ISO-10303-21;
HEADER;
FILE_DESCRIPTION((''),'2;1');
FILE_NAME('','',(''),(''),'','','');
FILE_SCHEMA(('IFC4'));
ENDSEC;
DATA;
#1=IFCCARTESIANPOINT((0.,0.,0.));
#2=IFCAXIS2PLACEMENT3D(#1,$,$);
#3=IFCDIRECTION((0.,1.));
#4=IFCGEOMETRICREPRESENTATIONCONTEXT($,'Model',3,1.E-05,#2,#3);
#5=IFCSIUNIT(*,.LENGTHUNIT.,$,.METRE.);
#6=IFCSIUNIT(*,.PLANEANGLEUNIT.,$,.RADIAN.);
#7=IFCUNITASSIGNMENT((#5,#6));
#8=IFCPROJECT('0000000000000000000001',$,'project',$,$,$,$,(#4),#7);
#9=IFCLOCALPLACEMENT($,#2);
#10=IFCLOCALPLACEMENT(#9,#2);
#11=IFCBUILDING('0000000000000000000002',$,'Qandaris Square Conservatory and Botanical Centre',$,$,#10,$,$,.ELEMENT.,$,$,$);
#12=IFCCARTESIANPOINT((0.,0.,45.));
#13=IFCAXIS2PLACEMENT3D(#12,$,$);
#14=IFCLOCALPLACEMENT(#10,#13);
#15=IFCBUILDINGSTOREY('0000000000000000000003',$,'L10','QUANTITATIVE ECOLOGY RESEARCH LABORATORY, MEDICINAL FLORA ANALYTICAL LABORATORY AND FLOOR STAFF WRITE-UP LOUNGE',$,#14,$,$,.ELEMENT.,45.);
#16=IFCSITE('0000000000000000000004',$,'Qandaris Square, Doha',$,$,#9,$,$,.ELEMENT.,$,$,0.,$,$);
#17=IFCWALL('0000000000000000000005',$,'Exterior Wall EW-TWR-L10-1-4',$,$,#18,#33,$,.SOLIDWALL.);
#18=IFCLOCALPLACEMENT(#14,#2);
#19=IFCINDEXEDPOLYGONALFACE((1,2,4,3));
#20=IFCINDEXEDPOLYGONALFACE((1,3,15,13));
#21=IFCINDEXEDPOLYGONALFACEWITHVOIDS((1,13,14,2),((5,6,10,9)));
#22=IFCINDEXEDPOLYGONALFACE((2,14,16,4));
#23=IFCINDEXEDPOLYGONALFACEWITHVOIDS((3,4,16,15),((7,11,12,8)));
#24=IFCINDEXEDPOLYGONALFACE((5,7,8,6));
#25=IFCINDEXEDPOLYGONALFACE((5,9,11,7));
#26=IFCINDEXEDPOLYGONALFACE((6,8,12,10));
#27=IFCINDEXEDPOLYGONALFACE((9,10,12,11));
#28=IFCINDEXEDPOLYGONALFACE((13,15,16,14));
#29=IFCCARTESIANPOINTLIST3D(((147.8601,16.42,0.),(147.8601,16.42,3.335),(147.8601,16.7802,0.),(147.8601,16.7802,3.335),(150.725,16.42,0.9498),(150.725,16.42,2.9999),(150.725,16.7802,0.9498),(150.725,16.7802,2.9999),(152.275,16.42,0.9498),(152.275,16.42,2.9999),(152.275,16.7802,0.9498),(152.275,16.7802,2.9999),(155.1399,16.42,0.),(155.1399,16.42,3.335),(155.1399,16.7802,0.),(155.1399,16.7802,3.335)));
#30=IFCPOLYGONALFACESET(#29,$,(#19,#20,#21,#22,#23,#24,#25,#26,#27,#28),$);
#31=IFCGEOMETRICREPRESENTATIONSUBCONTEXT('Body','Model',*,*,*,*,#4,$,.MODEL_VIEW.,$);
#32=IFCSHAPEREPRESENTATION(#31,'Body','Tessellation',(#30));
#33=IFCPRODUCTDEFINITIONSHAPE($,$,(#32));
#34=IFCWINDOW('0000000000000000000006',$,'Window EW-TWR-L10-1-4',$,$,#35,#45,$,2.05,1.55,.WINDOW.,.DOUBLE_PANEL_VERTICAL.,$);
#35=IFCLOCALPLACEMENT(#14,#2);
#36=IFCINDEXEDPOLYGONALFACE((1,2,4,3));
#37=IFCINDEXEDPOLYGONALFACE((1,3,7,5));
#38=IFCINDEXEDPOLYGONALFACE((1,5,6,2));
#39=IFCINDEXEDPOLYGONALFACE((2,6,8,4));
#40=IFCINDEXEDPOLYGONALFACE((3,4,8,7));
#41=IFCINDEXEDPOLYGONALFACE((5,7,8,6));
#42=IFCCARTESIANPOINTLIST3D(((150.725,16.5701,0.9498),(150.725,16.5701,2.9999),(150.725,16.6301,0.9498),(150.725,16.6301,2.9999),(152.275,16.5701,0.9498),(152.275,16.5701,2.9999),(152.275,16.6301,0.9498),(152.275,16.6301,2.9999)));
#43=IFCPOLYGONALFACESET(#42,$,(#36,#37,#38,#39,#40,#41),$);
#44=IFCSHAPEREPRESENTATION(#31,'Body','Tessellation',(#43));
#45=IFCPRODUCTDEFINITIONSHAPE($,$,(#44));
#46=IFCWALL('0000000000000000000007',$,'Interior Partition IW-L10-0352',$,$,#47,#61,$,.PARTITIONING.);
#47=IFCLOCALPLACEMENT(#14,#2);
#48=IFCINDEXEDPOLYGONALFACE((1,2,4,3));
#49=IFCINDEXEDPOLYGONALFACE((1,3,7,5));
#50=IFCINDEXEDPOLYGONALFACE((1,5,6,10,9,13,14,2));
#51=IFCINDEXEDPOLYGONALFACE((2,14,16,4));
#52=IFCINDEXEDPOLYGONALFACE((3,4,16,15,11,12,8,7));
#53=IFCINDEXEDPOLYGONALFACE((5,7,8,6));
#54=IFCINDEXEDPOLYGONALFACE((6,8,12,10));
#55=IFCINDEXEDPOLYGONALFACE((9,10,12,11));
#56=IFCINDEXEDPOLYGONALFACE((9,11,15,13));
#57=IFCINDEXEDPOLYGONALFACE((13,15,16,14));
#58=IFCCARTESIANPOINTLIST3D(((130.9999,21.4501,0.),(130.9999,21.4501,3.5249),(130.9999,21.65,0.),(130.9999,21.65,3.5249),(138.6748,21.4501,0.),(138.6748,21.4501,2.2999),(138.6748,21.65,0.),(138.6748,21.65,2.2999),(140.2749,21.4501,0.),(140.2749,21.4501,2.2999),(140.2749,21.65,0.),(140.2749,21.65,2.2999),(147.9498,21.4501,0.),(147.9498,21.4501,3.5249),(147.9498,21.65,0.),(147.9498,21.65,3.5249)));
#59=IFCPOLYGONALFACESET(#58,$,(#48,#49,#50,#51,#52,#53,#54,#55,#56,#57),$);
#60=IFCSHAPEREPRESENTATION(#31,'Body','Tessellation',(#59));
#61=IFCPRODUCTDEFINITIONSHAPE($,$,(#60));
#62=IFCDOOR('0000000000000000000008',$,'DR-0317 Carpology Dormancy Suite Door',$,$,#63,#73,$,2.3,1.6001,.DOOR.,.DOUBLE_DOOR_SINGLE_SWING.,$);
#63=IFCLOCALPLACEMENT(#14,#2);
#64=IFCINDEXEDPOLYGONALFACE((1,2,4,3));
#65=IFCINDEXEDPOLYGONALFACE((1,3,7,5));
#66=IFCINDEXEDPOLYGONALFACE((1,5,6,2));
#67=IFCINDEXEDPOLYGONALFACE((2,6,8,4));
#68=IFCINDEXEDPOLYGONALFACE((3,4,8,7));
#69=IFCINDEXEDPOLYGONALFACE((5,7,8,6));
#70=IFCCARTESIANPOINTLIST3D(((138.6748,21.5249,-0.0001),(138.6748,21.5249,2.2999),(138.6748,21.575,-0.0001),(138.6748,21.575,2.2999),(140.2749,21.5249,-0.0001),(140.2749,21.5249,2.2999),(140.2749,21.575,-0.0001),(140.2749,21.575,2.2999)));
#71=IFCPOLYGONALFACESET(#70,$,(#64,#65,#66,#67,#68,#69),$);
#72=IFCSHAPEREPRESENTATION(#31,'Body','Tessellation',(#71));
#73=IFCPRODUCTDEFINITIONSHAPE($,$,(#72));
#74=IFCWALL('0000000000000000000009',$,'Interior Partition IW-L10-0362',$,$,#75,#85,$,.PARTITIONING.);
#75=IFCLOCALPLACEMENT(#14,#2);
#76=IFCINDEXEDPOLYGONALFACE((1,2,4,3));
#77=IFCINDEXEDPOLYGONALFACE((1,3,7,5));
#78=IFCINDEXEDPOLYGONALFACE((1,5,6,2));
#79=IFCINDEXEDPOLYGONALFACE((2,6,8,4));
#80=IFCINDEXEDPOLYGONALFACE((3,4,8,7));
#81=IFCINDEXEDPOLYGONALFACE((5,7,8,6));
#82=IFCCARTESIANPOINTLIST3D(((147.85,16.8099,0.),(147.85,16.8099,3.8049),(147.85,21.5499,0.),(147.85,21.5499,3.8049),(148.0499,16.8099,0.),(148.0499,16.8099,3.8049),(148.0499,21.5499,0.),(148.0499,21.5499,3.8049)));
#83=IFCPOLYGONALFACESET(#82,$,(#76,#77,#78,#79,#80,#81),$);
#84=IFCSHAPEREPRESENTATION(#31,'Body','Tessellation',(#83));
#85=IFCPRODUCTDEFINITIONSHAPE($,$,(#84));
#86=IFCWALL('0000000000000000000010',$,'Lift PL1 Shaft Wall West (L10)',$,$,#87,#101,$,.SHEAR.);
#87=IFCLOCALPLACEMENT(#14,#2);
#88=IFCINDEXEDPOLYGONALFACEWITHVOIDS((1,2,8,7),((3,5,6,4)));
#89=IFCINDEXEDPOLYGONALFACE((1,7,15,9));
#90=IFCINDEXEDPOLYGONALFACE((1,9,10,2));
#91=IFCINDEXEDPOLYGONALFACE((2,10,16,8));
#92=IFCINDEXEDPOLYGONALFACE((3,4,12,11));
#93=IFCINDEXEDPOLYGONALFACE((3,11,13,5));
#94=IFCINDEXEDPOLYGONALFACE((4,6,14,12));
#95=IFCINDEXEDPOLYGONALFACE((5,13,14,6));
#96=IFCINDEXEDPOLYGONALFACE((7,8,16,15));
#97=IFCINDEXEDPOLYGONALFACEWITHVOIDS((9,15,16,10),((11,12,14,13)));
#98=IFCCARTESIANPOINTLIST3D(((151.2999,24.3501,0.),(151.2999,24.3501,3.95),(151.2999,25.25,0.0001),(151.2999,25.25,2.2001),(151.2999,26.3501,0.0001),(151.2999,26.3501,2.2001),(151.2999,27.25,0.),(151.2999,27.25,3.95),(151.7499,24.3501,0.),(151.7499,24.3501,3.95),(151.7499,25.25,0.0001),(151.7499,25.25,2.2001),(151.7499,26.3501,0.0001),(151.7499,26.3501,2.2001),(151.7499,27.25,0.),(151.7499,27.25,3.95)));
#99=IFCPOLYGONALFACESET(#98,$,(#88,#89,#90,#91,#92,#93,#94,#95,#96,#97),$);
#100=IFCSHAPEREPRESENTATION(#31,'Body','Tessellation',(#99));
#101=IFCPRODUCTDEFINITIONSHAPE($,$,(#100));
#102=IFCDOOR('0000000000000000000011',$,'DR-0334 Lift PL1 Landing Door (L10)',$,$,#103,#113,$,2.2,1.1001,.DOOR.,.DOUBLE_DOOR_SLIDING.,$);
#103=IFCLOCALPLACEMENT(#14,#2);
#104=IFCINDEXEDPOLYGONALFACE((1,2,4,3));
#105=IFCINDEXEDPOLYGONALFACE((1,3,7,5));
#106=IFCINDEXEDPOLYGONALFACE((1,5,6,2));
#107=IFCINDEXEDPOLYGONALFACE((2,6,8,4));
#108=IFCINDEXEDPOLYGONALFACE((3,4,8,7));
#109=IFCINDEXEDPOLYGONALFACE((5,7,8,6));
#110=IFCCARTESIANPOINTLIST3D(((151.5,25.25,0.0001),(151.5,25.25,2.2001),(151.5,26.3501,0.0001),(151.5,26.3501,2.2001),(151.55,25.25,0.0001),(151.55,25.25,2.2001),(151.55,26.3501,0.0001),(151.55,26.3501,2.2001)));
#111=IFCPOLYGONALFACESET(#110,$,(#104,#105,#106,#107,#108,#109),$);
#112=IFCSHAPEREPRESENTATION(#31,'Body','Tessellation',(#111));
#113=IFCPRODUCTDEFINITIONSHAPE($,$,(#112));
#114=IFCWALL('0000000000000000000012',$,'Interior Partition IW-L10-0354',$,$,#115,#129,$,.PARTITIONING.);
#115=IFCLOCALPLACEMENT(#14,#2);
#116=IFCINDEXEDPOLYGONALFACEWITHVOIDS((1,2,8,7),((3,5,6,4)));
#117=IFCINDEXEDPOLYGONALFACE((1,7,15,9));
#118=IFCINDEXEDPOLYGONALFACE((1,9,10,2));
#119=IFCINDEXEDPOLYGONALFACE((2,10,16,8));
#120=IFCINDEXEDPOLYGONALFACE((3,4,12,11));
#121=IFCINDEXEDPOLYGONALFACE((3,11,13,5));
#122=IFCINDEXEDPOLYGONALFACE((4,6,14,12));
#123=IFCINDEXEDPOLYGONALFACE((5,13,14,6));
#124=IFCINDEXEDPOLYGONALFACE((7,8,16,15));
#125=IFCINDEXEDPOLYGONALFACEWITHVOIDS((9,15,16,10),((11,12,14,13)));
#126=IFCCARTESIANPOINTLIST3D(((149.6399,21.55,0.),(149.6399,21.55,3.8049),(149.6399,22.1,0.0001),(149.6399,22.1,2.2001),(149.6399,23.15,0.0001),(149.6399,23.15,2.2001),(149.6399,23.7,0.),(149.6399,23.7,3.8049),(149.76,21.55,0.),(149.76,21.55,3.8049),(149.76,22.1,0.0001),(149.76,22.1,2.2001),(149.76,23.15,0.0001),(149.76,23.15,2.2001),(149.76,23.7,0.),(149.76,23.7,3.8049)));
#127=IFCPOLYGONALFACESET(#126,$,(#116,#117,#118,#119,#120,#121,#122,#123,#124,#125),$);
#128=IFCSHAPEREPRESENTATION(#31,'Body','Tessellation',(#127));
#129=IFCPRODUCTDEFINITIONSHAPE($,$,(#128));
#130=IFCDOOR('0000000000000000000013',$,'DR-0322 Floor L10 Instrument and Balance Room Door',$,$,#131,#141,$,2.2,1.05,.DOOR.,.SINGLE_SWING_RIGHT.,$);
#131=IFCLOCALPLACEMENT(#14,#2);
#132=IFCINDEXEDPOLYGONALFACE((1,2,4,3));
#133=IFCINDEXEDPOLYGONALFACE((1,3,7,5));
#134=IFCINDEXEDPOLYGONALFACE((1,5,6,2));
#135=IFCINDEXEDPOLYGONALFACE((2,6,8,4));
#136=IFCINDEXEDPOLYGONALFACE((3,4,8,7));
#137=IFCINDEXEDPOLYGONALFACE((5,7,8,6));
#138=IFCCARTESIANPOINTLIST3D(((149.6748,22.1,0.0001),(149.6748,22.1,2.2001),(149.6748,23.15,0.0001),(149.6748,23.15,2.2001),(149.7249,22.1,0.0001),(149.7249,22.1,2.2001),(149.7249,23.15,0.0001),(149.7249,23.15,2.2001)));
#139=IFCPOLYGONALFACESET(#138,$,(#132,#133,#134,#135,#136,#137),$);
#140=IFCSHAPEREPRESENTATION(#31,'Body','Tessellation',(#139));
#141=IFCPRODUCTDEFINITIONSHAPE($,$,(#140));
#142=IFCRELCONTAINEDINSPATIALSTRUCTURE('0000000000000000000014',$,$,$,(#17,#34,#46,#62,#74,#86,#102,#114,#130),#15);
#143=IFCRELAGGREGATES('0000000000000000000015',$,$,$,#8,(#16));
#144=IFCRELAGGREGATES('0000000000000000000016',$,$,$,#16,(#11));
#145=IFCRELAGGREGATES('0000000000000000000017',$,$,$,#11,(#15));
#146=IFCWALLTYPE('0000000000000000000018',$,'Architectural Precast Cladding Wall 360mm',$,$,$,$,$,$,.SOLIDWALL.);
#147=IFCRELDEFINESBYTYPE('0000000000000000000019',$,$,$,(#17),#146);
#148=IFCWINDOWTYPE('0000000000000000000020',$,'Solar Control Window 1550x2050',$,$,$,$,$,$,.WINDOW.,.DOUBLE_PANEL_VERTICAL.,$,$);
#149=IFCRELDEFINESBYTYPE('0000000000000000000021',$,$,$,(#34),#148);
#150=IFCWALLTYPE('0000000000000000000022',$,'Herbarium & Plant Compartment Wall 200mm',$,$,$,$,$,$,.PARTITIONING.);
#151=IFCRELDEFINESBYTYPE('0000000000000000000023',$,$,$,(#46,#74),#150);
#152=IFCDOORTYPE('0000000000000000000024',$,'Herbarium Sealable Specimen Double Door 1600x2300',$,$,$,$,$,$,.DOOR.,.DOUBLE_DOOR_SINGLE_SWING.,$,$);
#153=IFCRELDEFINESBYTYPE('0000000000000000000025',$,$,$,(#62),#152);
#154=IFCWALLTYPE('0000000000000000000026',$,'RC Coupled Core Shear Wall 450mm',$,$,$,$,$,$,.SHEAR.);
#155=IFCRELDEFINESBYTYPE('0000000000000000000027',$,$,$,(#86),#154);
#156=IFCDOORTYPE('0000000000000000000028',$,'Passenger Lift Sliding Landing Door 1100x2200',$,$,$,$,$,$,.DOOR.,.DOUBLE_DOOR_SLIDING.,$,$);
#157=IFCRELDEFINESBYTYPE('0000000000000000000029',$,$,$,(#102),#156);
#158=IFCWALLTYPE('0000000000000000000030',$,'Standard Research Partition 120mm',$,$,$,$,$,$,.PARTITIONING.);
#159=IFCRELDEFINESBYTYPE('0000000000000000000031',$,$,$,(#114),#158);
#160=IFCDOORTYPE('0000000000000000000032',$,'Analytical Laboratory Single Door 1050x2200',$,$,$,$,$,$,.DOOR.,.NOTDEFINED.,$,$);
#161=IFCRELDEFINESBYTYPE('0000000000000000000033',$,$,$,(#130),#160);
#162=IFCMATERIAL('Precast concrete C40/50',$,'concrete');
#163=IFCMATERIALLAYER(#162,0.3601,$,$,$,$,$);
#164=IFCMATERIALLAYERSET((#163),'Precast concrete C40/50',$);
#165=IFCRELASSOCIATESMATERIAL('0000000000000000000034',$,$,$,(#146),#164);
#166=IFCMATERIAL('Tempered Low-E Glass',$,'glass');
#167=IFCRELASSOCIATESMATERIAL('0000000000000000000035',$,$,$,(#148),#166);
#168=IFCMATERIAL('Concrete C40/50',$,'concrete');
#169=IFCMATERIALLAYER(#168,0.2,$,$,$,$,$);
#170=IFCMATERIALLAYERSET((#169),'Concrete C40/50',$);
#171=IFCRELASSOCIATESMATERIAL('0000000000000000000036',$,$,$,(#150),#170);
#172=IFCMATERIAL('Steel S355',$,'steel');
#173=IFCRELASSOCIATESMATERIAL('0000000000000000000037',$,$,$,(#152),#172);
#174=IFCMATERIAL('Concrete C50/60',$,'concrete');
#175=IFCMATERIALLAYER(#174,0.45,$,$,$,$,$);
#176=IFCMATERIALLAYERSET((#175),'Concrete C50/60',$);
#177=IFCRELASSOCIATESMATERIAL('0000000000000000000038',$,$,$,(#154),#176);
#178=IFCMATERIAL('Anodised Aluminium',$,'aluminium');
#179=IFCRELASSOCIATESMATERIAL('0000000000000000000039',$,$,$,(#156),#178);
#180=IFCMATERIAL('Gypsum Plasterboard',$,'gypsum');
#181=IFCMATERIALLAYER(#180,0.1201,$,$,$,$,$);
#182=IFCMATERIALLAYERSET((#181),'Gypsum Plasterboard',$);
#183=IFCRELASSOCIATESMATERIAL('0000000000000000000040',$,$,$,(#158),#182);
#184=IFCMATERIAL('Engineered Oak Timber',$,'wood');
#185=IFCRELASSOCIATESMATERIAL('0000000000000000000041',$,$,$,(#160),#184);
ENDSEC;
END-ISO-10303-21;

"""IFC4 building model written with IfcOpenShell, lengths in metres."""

from ifc_helpers import new_model, si_unit, direction, frame, frame_2d, origin, place, context, subcontext, project, spatial, rectangle, extrude, material, layer, layer_set, type_object, element, fill, save


model = new_model("IFC4")

# Units and contexts
model_context = context("Model", 3, precision=1e-05, world=origin(), true_north=direction((0.0, 1.0)))
body_context = subcontext(model_context, "Body", "Model", "MODEL_VIEW")
ifc_project = project(units=[si_unit("LENGTHUNIT", "METRE"), si_unit("PLANEANGLEUNIT", "RADIAN")], contexts=[model_context])

# Site, building, storey
site_placement = place(None, origin())
site = spatial("IfcSite", under=ifc_project, at=site_placement, Name="Qandaris Square, Doha", CompositionType="ELEMENT", RefElevation=0.0)
building_placement = place(site_placement, origin())
building = spatial("IfcBuilding", under=site, at=building_placement, Name="Qandaris Square Conservatory and Botanical Centre", CompositionType="ELEMENT")
storey_placement = place(building_placement, frame((0.0, 0.0, 45.0)))
storey = spatial("IfcBuildingStorey", under=building, at=storey_placement, Name="L10", Description="QUANTITATIVE ECOLOGY RESEARCH LABORATORY, MEDICINAL FLORA ANALYTICAL LABORATORY AND FLOOR STAFF WRITE-UP LOUNGE", CompositionType="ELEMENT", Elevation=45.0)

# Shared definitions
ifc_material_1 = material(Name="Concrete C50/60", Category="concrete")

# Shared definitions
ifc_material_2 = material(Name="Steel S355", Category="steel")

# Shared definitions
ifc_material_3 = material(Name="Gypsum Plasterboard", Category="gypsum")

# Wall, opening, window
ifc_material_4 = material(Name="Precast concrete C40/50", Category="concrete")
ifc_layer_1 = layer(ifc_material_4, 0.3601)
ifc_layer_set_1 = layer_set([ifc_layer_1], Name="Precast concrete C40/50")
wall_type_1 = type_object("IfcWallType", Name="Architectural Precast Cladding Wall 360mm", PredefinedType="SOLIDWALL", material=ifc_layer_set_1)
wall_1_placement = place(storey_placement, frame((147.8601, 16.6001, 0.0), z_axis=(0.0, 0.0, 1.0), x_axis=(1.0, 0.0, 0.0)))
wall_1 = element("IfcWall", 1, at=wall_1_placement, inside=storey, type_object=wall_type_1, Name="Exterior Wall EW-TWR-L10-1-4", PredefinedType="SOLIDWALL", context=body_context, shape_type="SweptSolid", body=[
    extrude(rectangle(XDim=7.2798, YDim=0.3601, at=frame_2d((3.6399, 0.0))), origin(), (0.0, 0.0, 1.0), 3.335),
])
opening_1_placement = place(wall_1_placement, frame((2.865, 0.0, 0.95)))
opening_1 = element("IfcOpeningElement", 2, at=opening_1_placement, cuts=wall_1, PredefinedType="OPENING", context=body_context, shape_type="SweptSolid", body=[
    extrude(rectangle(XDim=1.55, YDim=2.05, at=frame_2d((0.7749, 1.0249))), frame((0.0, 0.1919, 0.0), z_axis=(0.0, -1.0, 0.0), x_axis=(1.0, 0.0, 0.0)), (0.0, 0.0, 1.0), 0.384),
])
ifc_material_5 = material(Name="Tempered Low-E Glass", Category="glass")
window_type = type_object("IfcWindowType", Name="Solar Control Window 1550x2050", PartitioningType="DOUBLE_PANEL_VERTICAL", PredefinedType="WINDOW", material=ifc_material_5)
window_placement = place(opening_1_placement, origin())
window = element("IfcWindow", 3, at=window_placement, inside=storey, type_object=window_type, Name="Window EW-TWR-L10-1-4", OverallHeight=2.05, OverallWidth=1.55, PartitioningType="DOUBLE_PANEL_VERTICAL", PredefinedType="WINDOW", context=body_context, shape_type="SweptSolid", body=[
    extrude(rectangle(XDim=1.55, YDim=2.05, at=frame_2d((0.7749, 1.0249))), frame((0.0, 0.03, 0.0), z_axis=(0.0, -1.0, 0.0), x_axis=(1.0, 0.0, 0.0)), (0.0, 0.0, 1.0), 0.0601),
])
fill(opening_1, window)

# Wall, opening, door
ifc_material_6 = material(Name="Concrete C40/50", Category="concrete")
ifc_layer_2 = layer(ifc_material_6, 0.2)
ifc_layer_set_2 = layer_set([ifc_layer_2], Name="Concrete C40/50")
wall_type_2 = type_object("IfcWallType", Name="Herbarium & Plant Compartment Wall 200mm", PredefinedType="PARTITIONING", material=ifc_layer_set_2)
wall_2_placement = place(storey_placement, frame((147.95, 21.55, 0.0), z_axis=(0.0, 0.0, 1.0), x_axis=(-1.0, 0.0, 0.0)))
wall_2 = element("IfcWall", 4, at=wall_2_placement, inside=storey, type_object=wall_type_2, Name="Interior Partition IW-L10-0352", PredefinedType="PARTITIONING", context=body_context, shape_type="SweptSolid", body=[
    extrude(rectangle(XDim=16.95, YDim=0.2, at=frame_2d((8.4751, 0.0))), origin(), (0.0, 0.0, 1.0), 3.5249),
])
opening_2_placement = place(wall_2_placement, frame((7.675, 0.0, 0.0)))
opening_2 = element("IfcOpeningElement", 5, at=opening_2_placement, cuts=wall_2, PredefinedType="OPENING", context=body_context, shape_type="SweptSolid", body=[
    extrude(rectangle(XDim=1.6001, YDim=2.3, at=frame_2d((0.8, 1.1499))), frame((0.0, 0.1118, 0.0), z_axis=(0.0, -1.0, 0.0), x_axis=(1.0, 0.0, 0.0)), (0.0, 0.0, 1.0), 0.2239),
])
door_type_1 = type_object("IfcDoorType", Name="Herbarium Sealable Specimen Double Door 1600x2300", OperationType="DOUBLE_DOOR_SINGLE_SWING", PredefinedType="DOOR", material=ifc_material_2)
door_1_placement = place(opening_2_placement, frame((1.6001, 0.0, 0.0), z_axis=(0.0, 0.0, 1.0), x_axis=(-1.0, 0.0, 0.0)))
door_1 = element("IfcDoor", 6, at=door_1_placement, inside=storey, type_object=door_type_1, Name="DR-0317 Carpology Dormancy Suite Door", OperationType="DOUBLE_DOOR_SINGLE_SWING", OverallHeight=2.3, OverallWidth=1.6001, PredefinedType="DOOR", context=body_context, shape_type="SweptSolid", body=[
    extrude(rectangle(XDim=1.6001, YDim=2.3, at=frame_2d((0.8, 1.1499))), frame((0.0, 0.0249, 0.0), z_axis=(0.0, -1.0, 0.0), x_axis=(1.0, 0.0, 0.0)), (0.0, 0.0, 1.0), 0.05),
])
fill(opening_2, door_1)

# Wall
wall_3_placement = place(storey_placement, frame((147.95, 21.55, 0.0), z_axis=(0.0, 0.0, 1.0), x_axis=(0.0, -1.0, 0.0)))
element("IfcWall", 7, at=wall_3_placement, inside=storey, type_object=wall_type_2, Name="Interior Partition IW-L10-0362", PredefinedType="PARTITIONING", context=body_context, shape_type="SweptSolid", body=[
    extrude(rectangle(XDim=4.74, YDim=0.2, at=frame_2d((2.3701, 0.0))), origin(), (0.0, 0.0, 1.0), 3.8049),
])

# Walls, openings, doors
ifc_layer_3 = layer(ifc_material_1, 0.45)
ifc_layer_set_3 = layer_set([ifc_layer_3], Name="Concrete C50/60")
wall_type_3 = type_object("IfcWallType", Name="RC Coupled Core Shear Wall 450mm", PredefinedType="SHEAR", material=ifc_layer_set_3)
wall_4_placement = place(storey_placement, frame((151.5249, 24.3501, 0.0), z_axis=(0.0, 0.0, 1.0), x_axis=(0.0, 1.0, 0.0)))
wall_4 = element("IfcWall", 8, at=wall_4_placement, inside=storey, type_object=wall_type_3, Name="Lift PL1 Shaft Wall West (L10)", PredefinedType="SHEAR", context=body_context, shape_type="SweptSolid", body=[
    extrude(rectangle(XDim=2.8999, YDim=0.45, at=frame_2d((1.45, 0.0))), origin(), (0.0, 0.0, 1.0), 3.95),
])
opening_3_placement = place(wall_4_placement, frame((0.8999, 0.0, 0.0)))
opening_3 = element("IfcOpeningElement", 9, at=opening_3_placement, cuts=wall_4, PredefinedType="OPENING", context=body_context, shape_type="SweptSolid", body=[
    extrude(rectangle(XDim=1.1001, YDim=2.2, at=frame_2d((0.55, 1.1001))), frame((0.0, 0.2368, 0.0), z_axis=(0.0, -1.0, 0.0), x_axis=(1.0, 0.0, 0.0)), (0.0, 0.0, 1.0), 0.4739),
])
ifc_material_7 = material(Name="Anodised Aluminium", Category="aluminium")
door_type_2 = type_object("IfcDoorType", Name="Passenger Lift Sliding Landing Door 1100x2200", OperationType="DOUBLE_DOOR_SLIDING", PredefinedType="DOOR", material=ifc_material_7)
door_2_placement = place(opening_3_placement, origin())
door_2 = element("IfcDoor", 10, at=door_2_placement, inside=storey, type_object=door_type_2, Name="DR-0334 Lift PL1 Landing Door (L10)", OperationType="DOUBLE_DOOR_SLIDING", OverallHeight=2.2, OverallWidth=1.1001, PredefinedType="DOOR", context=body_context, shape_type="SweptSolid", body=[
    extrude(rectangle(XDim=1.1001, YDim=2.2, at=frame_2d((0.55, 1.1001))), frame((0.0, 0.0249, 0.0), z_axis=(0.0, -1.0, 0.0), x_axis=(1.0, 0.0, 0.0)), (0.0, 0.0, 1.0), 0.05),
])
fill(opening_3, door_2)
ifc_layer_4 = layer(ifc_material_3, 0.1201)
ifc_layer_set_4 = layer_set([ifc_layer_4], Name="Gypsum Plasterboard")
wall_type_4 = type_object("IfcWallType", Name="Standard Research Partition 120mm", PredefinedType="PARTITIONING", material=ifc_layer_set_4)
wall_5_placement = place(storey_placement, frame((149.7, 23.7, 0.0), z_axis=(0.0, 0.0, 1.0), x_axis=(0.0, -1.0, 0.0)))
wall_5 = element("IfcWall", 11, at=wall_5_placement, inside=storey, type_object=wall_type_4, Name="Interior Partition IW-L10-0354", PredefinedType="PARTITIONING", context=body_context, shape_type="SweptSolid", body=[
    extrude(rectangle(XDim=2.1499, YDim=0.1201, at=frame_2d((1.075, 0.0))), origin(), (0.0, 0.0, 1.0), 3.8049),
])
opening_4_placement = place(wall_5_placement, frame((0.55, 0.0, 0.0)))
opening_4 = element("IfcOpeningElement", 12, at=opening_4_placement, cuts=wall_5, PredefinedType="OPENING", context=body_context, shape_type="SweptSolid", body=[
    extrude(rectangle(XDim=1.05, YDim=2.2, at=frame_2d((0.5249, 1.1001))), frame((0.0, 0.072, 0.0), z_axis=(0.0, -1.0, 0.0), x_axis=(1.0, 0.0, 0.0)), (0.0, 0.0, 1.0), 0.144),
])
ifc_material_8 = material(Name="Engineered Oak Timber", Category="wood")
door_type_3 = type_object("IfcDoorType", Name="Analytical Laboratory Single Door 1050x2200", OperationType="NOTDEFINED", PredefinedType="DOOR", material=ifc_material_8)
door_3_placement = place(opening_4_placement, origin())
door_3 = element("IfcDoor", 13, at=door_3_placement, inside=storey, type_object=door_type_3, Name="DR-0322 Floor L10 Instrument and Balance Room Door", OperationType="SINGLE_SWING_RIGHT", OverallHeight=2.2, OverallWidth=1.05, PredefinedType="DOOR", context=body_context, shape_type="SweptSolid", body=[
    extrude(rectangle(XDim=1.05, YDim=2.2, at=frame_2d((0.5249, 1.1001))), frame((0.0, 0.0249, 0.0), z_axis=(0.0, -1.0, 0.0), x_axis=(1.0, 0.0, 0.0)), (0.0, 0.0, 1.0), 0.05),
])
fill(opening_4, door_3)

save(model, "model.ifc")
